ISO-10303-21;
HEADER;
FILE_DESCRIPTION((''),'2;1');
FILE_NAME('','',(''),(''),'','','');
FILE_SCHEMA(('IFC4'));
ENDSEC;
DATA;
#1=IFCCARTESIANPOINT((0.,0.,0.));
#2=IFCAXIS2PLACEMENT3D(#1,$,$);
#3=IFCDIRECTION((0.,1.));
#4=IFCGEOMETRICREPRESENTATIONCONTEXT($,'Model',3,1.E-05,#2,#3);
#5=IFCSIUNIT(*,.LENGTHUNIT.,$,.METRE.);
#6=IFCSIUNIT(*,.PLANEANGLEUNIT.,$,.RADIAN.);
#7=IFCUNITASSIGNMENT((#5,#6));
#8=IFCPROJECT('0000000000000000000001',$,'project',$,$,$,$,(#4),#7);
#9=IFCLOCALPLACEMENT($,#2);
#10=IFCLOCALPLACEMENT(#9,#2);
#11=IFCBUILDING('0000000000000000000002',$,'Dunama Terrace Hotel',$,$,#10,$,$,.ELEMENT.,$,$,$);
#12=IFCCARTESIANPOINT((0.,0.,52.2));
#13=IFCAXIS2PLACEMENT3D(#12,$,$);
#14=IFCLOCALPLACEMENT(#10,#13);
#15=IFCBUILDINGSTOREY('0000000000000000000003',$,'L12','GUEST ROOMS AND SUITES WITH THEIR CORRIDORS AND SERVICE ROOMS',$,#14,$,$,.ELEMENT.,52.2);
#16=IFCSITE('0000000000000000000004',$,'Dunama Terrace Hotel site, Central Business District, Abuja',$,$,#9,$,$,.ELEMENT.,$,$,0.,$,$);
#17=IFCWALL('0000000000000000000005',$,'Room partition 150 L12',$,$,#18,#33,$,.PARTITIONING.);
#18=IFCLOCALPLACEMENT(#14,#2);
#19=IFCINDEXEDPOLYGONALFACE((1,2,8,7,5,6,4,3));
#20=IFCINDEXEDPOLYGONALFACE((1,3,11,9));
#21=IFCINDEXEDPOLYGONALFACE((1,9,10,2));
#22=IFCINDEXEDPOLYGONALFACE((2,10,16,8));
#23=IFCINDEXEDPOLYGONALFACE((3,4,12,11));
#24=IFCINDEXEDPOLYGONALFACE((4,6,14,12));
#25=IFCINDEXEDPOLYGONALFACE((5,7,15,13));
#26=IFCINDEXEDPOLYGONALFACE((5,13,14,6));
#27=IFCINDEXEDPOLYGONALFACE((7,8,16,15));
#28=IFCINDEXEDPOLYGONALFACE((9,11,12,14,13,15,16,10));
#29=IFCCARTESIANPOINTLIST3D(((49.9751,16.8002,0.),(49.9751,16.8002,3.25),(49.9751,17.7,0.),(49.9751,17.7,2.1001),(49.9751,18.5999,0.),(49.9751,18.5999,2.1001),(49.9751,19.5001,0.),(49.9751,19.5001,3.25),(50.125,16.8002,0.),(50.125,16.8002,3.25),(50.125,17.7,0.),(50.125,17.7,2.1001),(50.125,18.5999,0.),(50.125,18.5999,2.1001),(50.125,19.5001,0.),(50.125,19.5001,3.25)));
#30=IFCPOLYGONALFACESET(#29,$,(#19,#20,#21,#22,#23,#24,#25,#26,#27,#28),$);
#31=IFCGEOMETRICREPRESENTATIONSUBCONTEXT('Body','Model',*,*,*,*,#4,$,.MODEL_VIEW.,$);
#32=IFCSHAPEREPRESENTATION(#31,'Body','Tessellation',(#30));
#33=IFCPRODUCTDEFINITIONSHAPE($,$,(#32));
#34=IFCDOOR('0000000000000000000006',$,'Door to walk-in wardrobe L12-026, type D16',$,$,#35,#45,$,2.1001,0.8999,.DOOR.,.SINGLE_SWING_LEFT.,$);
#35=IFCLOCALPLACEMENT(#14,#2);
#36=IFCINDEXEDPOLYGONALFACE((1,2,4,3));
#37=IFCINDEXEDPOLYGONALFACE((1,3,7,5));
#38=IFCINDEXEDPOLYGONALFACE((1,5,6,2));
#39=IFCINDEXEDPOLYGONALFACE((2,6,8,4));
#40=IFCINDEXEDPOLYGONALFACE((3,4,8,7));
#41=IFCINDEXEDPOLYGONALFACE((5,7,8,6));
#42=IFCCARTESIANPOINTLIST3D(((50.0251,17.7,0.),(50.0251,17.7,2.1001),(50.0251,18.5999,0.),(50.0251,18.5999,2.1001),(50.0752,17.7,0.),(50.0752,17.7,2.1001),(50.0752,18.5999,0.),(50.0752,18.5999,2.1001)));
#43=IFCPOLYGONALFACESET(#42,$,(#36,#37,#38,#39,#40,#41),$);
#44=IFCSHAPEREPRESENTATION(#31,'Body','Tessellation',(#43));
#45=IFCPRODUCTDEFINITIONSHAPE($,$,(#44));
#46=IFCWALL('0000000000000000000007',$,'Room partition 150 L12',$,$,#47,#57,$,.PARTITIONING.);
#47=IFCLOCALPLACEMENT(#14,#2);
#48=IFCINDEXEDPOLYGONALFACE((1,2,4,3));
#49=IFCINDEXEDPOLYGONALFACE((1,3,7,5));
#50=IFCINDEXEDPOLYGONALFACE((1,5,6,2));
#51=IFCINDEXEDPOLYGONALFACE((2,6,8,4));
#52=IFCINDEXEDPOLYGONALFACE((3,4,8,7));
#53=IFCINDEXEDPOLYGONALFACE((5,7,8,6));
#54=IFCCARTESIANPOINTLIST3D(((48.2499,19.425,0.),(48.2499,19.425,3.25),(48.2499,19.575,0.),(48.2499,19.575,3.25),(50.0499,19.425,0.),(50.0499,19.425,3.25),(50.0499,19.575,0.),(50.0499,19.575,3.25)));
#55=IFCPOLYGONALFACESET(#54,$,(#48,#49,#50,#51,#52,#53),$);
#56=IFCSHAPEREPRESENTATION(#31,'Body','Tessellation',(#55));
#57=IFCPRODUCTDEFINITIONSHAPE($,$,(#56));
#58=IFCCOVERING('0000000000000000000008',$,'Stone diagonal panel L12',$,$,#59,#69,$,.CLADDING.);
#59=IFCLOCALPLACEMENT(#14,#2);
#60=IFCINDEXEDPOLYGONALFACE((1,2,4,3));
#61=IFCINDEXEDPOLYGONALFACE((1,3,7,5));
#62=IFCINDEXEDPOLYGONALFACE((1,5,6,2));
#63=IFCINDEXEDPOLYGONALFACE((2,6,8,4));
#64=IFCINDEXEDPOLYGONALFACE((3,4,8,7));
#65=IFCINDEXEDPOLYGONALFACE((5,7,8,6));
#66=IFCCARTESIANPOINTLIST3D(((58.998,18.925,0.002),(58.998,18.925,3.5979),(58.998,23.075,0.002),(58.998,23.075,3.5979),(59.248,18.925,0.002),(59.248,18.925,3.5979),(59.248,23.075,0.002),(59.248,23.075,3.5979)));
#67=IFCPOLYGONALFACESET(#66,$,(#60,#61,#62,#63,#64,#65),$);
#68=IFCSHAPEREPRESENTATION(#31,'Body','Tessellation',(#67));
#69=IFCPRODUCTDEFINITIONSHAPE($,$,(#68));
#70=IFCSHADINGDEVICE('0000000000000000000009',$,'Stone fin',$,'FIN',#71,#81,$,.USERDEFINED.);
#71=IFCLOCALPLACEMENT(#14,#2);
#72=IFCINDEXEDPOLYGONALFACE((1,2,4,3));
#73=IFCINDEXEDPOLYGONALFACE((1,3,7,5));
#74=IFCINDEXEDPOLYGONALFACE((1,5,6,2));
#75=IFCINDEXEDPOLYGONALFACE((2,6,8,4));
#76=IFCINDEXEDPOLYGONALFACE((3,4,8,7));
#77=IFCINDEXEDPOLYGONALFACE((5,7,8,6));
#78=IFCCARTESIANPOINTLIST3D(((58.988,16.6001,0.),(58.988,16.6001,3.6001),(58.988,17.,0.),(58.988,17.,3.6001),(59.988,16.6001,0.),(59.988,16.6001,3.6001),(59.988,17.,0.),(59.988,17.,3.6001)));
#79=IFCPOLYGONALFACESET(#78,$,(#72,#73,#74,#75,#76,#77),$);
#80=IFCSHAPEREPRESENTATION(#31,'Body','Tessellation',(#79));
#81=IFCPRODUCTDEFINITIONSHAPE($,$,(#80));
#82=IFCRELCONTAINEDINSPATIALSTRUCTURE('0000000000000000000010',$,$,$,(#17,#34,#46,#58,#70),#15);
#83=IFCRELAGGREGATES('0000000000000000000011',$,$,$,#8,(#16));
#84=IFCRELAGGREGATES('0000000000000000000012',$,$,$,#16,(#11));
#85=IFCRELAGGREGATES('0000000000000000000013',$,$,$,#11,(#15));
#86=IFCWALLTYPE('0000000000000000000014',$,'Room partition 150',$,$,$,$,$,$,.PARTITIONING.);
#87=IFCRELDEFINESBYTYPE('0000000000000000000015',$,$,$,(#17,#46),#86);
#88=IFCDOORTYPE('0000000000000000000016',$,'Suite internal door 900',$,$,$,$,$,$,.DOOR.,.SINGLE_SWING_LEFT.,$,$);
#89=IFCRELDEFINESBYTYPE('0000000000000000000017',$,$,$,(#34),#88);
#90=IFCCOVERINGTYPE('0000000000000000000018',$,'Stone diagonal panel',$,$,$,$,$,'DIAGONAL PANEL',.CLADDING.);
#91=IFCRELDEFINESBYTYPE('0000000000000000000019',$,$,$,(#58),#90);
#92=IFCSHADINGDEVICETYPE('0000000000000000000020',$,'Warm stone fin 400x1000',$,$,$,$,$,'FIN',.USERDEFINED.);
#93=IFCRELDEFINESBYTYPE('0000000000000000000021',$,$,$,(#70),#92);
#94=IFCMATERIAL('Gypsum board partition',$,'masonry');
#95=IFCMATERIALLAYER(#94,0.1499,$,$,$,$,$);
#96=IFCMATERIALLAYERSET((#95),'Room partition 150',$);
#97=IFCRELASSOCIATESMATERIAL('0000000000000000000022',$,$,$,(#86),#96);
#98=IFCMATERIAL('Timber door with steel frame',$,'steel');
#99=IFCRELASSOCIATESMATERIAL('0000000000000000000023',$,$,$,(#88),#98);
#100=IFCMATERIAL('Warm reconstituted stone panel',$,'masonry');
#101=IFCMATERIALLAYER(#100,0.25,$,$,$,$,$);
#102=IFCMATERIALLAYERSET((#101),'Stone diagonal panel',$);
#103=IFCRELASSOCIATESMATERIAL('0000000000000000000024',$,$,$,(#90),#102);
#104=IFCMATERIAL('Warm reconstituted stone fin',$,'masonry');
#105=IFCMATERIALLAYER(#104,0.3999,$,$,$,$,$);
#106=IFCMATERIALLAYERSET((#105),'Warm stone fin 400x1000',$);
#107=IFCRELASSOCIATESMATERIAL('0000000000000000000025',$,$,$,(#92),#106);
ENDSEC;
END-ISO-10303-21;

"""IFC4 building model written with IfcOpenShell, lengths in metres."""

from ifc_helpers import new_model, si_unit, direction, frame, frame_2d, origin, origin_2d, place, context, subcontext, project, spatial, rectangle, extrude, material, layer, layer_set, type_object, element, fill, save


model = new_model("IFC4")

# Units and contexts
model_context = context("Model", 3, precision=1e-05, world=origin(), true_north=direction((0.0, 1.0)))
body_context = subcontext(model_context, "Body", "Model", "MODEL_VIEW")
ifc_project = project(units=[si_unit("LENGTHUNIT", "METRE"), si_unit("PLANEANGLEUNIT", "RADIAN")], contexts=[model_context])

# Site, building, storey
site_placement = place(None, origin())
site = spatial("IfcSite", under=ifc_project, at=site_placement, Name="Dunama Terrace Hotel site, Central Business District, Abuja", CompositionType="ELEMENT", RefElevation=0.0)
building_placement = place(site_placement, origin())
building = spatial("IfcBuilding", under=site, at=building_placement, Name="Dunama Terrace Hotel", CompositionType="ELEMENT")
storey_placement = place(building_placement, frame((0.0, 0.0, 52.2)))
storey = spatial("IfcBuildingStorey", under=building, at=storey_placement, Name="L12", Description="GUEST ROOMS AND SUITES WITH THEIR CORRIDORS AND SERVICE ROOMS", CompositionType="ELEMENT", Elevation=52.2)

# Shared definitions
ifc_material_1 = material(Name="Gypsum board partition", Category="masonry")
ifc_layer_1 = layer(ifc_material_1, 0.1499)
ifc_layer_set_1 = layer_set([ifc_layer_1], Name="Room partition 150")
wall_type_1 = type_object("IfcWallType", Name="Room partition 150", PredefinedType="PARTITIONING", material=ifc_layer_set_1)

# Wall, opening, door
wall_1_placement = place(storey_placement, frame((50.05, 16.8, 0.0), z_axis=(0.0, 0.0, 1.0), x_axis=(0.0, 1.0, 0.0)))
wall_1 = element("IfcWall", 1, at=wall_1_placement, inside=storey, type_object=wall_type_1, Name="Room partition 150 L12", PredefinedType="PARTITIONING", context=body_context, shape_type="SweptSolid", body=[
    extrude(rectangle(XDim=2.7, YDim=0.1499, at=frame_2d((1.3501, 0.0))), origin(), (0.0, 0.0, 1.0), 3.25),
])
opening_1_placement = place(wall_1_placement, frame((0.8999, 0.0, 0.0)))
opening_1 = element("IfcOpeningElement", 2, at=opening_1_placement, cuts=wall_1, PredefinedType="OPENING", context=body_context, shape_type="SweptSolid", body=[
    extrude(rectangle(XDim=0.8999, YDim=2.1001, at=frame_2d((0.45, 1.05))), frame((0.0, 0.085, 0.0), z_axis=(0.0, -1.0, 0.0), x_axis=(1.0, 0.0, 0.0)), (0.0, 0.0, 1.0), 0.1699),
])
ifc_material_2 = material(Name="Timber door with steel frame", Category="steel")
door_type_1 = type_object("IfcDoorType", Name="Suite internal door 900", OperationType="SINGLE_SWING_LEFT", PredefinedType="DOOR", material=ifc_material_2)
door_1_placement = place(opening_1_placement, origin())
door_1 = element("IfcDoor", 3, at=door_1_placement, inside=storey, type_object=door_type_1, Name="Door to walk-in wardrobe L12-026, type D16", OperationType="SINGLE_SWING_LEFT", OverallHeight=2.1001, OverallWidth=0.8999, PredefinedType="DOOR", context=body_context, shape_type="SweptSolid", body=[
    extrude(rectangle(XDim=0.8999, YDim=2.1001, at=frame_2d((0.45, 1.05))), frame((0.0, 0.0249, 0.0), z_axis=(0.0, -1.0, 0.0), x_axis=(1.0, 0.0, 0.0)), (0.0, 0.0, 1.0), 0.05),
])
fill(opening_1, door_1)

# Wall
wall_2_placement = place(storey_placement, frame((48.25, 19.5, 0.0), z_axis=(0.0, 0.0, 1.0), x_axis=(1.0, 0.0, 0.0)))
element("IfcWall", 4, at=wall_2_placement, inside=storey, type_object=wall_type_1, Name="Room partition 150 L12", PredefinedType="PARTITIONING", context=body_context, shape_type="SweptSolid", body=[
    extrude(rectangle(XDim=1.8, YDim=0.1499, at=frame_2d((0.8999, 0.0))), origin(), (0.0, 0.0, 1.0), 3.25),
])

# Covering
ifc_material_3 = material(Name="Warm reconstituted stone panel", Category="masonry")
ifc_layer_2 = layer(ifc_material_3, 0.25)
ifc_layer_set_2 = layer_set([ifc_layer_2], Name="Stone diagonal panel")
covering_type = type_object("IfcCoveringType", Name="Stone diagonal panel", ElementType="DIAGONAL PANEL", PredefinedType="CLADDING", material=ifc_layer_set_2)
covering_placement = place(storey_placement, frame((59.123, 21.0, 0.002), z_axis=(0.0, 0.0, 1.0), x_axis=(0.0, 1.0, 0.0)))
element("IfcCovering", 5, at=covering_placement, inside=storey, type_object=covering_type, Name="Stone diagonal panel L12", PredefinedType="CLADDING", context=body_context, shape_type="SweptSolid", body=[
    extrude(rectangle(XDim=4.1499, YDim=0.25, at=origin_2d()), origin(), (0.0, 0.0, 1.0), 3.5959),
])

# Shading device
ifc_material_4 = material(Name="Warm reconstituted stone fin", Category="masonry")
ifc_layer_3 = layer(ifc_material_4, 0.3999)
ifc_layer_set_3 = layer_set([ifc_layer_3], Name="Warm stone fin 400x1000")
shading_device_type = type_object("IfcShadingDeviceType", Name="Warm stone fin 400x1000", ElementType="FIN", PredefinedType="USERDEFINED", material=ifc_layer_set_3)
shading_device_placement = place(storey_placement, frame((59.488, 16.8, 0.0), z_axis=(0.0, 0.0, 1.0), x_axis=(0.0, 1.0, 0.0)))
element("IfcShadingDevice", 6, at=shading_device_placement, inside=storey, type_object=shading_device_type, Name="Stone fin", ObjectType="FIN", PredefinedType="USERDEFINED", context=body_context, shape_type="SweptSolid", body=[
    extrude(rectangle(XDim=0.3999, YDim=1.0, at=origin_2d()), origin(), (0.0, 0.0, 1.0), 3.6001),
])

save(model, "model.ifc")
